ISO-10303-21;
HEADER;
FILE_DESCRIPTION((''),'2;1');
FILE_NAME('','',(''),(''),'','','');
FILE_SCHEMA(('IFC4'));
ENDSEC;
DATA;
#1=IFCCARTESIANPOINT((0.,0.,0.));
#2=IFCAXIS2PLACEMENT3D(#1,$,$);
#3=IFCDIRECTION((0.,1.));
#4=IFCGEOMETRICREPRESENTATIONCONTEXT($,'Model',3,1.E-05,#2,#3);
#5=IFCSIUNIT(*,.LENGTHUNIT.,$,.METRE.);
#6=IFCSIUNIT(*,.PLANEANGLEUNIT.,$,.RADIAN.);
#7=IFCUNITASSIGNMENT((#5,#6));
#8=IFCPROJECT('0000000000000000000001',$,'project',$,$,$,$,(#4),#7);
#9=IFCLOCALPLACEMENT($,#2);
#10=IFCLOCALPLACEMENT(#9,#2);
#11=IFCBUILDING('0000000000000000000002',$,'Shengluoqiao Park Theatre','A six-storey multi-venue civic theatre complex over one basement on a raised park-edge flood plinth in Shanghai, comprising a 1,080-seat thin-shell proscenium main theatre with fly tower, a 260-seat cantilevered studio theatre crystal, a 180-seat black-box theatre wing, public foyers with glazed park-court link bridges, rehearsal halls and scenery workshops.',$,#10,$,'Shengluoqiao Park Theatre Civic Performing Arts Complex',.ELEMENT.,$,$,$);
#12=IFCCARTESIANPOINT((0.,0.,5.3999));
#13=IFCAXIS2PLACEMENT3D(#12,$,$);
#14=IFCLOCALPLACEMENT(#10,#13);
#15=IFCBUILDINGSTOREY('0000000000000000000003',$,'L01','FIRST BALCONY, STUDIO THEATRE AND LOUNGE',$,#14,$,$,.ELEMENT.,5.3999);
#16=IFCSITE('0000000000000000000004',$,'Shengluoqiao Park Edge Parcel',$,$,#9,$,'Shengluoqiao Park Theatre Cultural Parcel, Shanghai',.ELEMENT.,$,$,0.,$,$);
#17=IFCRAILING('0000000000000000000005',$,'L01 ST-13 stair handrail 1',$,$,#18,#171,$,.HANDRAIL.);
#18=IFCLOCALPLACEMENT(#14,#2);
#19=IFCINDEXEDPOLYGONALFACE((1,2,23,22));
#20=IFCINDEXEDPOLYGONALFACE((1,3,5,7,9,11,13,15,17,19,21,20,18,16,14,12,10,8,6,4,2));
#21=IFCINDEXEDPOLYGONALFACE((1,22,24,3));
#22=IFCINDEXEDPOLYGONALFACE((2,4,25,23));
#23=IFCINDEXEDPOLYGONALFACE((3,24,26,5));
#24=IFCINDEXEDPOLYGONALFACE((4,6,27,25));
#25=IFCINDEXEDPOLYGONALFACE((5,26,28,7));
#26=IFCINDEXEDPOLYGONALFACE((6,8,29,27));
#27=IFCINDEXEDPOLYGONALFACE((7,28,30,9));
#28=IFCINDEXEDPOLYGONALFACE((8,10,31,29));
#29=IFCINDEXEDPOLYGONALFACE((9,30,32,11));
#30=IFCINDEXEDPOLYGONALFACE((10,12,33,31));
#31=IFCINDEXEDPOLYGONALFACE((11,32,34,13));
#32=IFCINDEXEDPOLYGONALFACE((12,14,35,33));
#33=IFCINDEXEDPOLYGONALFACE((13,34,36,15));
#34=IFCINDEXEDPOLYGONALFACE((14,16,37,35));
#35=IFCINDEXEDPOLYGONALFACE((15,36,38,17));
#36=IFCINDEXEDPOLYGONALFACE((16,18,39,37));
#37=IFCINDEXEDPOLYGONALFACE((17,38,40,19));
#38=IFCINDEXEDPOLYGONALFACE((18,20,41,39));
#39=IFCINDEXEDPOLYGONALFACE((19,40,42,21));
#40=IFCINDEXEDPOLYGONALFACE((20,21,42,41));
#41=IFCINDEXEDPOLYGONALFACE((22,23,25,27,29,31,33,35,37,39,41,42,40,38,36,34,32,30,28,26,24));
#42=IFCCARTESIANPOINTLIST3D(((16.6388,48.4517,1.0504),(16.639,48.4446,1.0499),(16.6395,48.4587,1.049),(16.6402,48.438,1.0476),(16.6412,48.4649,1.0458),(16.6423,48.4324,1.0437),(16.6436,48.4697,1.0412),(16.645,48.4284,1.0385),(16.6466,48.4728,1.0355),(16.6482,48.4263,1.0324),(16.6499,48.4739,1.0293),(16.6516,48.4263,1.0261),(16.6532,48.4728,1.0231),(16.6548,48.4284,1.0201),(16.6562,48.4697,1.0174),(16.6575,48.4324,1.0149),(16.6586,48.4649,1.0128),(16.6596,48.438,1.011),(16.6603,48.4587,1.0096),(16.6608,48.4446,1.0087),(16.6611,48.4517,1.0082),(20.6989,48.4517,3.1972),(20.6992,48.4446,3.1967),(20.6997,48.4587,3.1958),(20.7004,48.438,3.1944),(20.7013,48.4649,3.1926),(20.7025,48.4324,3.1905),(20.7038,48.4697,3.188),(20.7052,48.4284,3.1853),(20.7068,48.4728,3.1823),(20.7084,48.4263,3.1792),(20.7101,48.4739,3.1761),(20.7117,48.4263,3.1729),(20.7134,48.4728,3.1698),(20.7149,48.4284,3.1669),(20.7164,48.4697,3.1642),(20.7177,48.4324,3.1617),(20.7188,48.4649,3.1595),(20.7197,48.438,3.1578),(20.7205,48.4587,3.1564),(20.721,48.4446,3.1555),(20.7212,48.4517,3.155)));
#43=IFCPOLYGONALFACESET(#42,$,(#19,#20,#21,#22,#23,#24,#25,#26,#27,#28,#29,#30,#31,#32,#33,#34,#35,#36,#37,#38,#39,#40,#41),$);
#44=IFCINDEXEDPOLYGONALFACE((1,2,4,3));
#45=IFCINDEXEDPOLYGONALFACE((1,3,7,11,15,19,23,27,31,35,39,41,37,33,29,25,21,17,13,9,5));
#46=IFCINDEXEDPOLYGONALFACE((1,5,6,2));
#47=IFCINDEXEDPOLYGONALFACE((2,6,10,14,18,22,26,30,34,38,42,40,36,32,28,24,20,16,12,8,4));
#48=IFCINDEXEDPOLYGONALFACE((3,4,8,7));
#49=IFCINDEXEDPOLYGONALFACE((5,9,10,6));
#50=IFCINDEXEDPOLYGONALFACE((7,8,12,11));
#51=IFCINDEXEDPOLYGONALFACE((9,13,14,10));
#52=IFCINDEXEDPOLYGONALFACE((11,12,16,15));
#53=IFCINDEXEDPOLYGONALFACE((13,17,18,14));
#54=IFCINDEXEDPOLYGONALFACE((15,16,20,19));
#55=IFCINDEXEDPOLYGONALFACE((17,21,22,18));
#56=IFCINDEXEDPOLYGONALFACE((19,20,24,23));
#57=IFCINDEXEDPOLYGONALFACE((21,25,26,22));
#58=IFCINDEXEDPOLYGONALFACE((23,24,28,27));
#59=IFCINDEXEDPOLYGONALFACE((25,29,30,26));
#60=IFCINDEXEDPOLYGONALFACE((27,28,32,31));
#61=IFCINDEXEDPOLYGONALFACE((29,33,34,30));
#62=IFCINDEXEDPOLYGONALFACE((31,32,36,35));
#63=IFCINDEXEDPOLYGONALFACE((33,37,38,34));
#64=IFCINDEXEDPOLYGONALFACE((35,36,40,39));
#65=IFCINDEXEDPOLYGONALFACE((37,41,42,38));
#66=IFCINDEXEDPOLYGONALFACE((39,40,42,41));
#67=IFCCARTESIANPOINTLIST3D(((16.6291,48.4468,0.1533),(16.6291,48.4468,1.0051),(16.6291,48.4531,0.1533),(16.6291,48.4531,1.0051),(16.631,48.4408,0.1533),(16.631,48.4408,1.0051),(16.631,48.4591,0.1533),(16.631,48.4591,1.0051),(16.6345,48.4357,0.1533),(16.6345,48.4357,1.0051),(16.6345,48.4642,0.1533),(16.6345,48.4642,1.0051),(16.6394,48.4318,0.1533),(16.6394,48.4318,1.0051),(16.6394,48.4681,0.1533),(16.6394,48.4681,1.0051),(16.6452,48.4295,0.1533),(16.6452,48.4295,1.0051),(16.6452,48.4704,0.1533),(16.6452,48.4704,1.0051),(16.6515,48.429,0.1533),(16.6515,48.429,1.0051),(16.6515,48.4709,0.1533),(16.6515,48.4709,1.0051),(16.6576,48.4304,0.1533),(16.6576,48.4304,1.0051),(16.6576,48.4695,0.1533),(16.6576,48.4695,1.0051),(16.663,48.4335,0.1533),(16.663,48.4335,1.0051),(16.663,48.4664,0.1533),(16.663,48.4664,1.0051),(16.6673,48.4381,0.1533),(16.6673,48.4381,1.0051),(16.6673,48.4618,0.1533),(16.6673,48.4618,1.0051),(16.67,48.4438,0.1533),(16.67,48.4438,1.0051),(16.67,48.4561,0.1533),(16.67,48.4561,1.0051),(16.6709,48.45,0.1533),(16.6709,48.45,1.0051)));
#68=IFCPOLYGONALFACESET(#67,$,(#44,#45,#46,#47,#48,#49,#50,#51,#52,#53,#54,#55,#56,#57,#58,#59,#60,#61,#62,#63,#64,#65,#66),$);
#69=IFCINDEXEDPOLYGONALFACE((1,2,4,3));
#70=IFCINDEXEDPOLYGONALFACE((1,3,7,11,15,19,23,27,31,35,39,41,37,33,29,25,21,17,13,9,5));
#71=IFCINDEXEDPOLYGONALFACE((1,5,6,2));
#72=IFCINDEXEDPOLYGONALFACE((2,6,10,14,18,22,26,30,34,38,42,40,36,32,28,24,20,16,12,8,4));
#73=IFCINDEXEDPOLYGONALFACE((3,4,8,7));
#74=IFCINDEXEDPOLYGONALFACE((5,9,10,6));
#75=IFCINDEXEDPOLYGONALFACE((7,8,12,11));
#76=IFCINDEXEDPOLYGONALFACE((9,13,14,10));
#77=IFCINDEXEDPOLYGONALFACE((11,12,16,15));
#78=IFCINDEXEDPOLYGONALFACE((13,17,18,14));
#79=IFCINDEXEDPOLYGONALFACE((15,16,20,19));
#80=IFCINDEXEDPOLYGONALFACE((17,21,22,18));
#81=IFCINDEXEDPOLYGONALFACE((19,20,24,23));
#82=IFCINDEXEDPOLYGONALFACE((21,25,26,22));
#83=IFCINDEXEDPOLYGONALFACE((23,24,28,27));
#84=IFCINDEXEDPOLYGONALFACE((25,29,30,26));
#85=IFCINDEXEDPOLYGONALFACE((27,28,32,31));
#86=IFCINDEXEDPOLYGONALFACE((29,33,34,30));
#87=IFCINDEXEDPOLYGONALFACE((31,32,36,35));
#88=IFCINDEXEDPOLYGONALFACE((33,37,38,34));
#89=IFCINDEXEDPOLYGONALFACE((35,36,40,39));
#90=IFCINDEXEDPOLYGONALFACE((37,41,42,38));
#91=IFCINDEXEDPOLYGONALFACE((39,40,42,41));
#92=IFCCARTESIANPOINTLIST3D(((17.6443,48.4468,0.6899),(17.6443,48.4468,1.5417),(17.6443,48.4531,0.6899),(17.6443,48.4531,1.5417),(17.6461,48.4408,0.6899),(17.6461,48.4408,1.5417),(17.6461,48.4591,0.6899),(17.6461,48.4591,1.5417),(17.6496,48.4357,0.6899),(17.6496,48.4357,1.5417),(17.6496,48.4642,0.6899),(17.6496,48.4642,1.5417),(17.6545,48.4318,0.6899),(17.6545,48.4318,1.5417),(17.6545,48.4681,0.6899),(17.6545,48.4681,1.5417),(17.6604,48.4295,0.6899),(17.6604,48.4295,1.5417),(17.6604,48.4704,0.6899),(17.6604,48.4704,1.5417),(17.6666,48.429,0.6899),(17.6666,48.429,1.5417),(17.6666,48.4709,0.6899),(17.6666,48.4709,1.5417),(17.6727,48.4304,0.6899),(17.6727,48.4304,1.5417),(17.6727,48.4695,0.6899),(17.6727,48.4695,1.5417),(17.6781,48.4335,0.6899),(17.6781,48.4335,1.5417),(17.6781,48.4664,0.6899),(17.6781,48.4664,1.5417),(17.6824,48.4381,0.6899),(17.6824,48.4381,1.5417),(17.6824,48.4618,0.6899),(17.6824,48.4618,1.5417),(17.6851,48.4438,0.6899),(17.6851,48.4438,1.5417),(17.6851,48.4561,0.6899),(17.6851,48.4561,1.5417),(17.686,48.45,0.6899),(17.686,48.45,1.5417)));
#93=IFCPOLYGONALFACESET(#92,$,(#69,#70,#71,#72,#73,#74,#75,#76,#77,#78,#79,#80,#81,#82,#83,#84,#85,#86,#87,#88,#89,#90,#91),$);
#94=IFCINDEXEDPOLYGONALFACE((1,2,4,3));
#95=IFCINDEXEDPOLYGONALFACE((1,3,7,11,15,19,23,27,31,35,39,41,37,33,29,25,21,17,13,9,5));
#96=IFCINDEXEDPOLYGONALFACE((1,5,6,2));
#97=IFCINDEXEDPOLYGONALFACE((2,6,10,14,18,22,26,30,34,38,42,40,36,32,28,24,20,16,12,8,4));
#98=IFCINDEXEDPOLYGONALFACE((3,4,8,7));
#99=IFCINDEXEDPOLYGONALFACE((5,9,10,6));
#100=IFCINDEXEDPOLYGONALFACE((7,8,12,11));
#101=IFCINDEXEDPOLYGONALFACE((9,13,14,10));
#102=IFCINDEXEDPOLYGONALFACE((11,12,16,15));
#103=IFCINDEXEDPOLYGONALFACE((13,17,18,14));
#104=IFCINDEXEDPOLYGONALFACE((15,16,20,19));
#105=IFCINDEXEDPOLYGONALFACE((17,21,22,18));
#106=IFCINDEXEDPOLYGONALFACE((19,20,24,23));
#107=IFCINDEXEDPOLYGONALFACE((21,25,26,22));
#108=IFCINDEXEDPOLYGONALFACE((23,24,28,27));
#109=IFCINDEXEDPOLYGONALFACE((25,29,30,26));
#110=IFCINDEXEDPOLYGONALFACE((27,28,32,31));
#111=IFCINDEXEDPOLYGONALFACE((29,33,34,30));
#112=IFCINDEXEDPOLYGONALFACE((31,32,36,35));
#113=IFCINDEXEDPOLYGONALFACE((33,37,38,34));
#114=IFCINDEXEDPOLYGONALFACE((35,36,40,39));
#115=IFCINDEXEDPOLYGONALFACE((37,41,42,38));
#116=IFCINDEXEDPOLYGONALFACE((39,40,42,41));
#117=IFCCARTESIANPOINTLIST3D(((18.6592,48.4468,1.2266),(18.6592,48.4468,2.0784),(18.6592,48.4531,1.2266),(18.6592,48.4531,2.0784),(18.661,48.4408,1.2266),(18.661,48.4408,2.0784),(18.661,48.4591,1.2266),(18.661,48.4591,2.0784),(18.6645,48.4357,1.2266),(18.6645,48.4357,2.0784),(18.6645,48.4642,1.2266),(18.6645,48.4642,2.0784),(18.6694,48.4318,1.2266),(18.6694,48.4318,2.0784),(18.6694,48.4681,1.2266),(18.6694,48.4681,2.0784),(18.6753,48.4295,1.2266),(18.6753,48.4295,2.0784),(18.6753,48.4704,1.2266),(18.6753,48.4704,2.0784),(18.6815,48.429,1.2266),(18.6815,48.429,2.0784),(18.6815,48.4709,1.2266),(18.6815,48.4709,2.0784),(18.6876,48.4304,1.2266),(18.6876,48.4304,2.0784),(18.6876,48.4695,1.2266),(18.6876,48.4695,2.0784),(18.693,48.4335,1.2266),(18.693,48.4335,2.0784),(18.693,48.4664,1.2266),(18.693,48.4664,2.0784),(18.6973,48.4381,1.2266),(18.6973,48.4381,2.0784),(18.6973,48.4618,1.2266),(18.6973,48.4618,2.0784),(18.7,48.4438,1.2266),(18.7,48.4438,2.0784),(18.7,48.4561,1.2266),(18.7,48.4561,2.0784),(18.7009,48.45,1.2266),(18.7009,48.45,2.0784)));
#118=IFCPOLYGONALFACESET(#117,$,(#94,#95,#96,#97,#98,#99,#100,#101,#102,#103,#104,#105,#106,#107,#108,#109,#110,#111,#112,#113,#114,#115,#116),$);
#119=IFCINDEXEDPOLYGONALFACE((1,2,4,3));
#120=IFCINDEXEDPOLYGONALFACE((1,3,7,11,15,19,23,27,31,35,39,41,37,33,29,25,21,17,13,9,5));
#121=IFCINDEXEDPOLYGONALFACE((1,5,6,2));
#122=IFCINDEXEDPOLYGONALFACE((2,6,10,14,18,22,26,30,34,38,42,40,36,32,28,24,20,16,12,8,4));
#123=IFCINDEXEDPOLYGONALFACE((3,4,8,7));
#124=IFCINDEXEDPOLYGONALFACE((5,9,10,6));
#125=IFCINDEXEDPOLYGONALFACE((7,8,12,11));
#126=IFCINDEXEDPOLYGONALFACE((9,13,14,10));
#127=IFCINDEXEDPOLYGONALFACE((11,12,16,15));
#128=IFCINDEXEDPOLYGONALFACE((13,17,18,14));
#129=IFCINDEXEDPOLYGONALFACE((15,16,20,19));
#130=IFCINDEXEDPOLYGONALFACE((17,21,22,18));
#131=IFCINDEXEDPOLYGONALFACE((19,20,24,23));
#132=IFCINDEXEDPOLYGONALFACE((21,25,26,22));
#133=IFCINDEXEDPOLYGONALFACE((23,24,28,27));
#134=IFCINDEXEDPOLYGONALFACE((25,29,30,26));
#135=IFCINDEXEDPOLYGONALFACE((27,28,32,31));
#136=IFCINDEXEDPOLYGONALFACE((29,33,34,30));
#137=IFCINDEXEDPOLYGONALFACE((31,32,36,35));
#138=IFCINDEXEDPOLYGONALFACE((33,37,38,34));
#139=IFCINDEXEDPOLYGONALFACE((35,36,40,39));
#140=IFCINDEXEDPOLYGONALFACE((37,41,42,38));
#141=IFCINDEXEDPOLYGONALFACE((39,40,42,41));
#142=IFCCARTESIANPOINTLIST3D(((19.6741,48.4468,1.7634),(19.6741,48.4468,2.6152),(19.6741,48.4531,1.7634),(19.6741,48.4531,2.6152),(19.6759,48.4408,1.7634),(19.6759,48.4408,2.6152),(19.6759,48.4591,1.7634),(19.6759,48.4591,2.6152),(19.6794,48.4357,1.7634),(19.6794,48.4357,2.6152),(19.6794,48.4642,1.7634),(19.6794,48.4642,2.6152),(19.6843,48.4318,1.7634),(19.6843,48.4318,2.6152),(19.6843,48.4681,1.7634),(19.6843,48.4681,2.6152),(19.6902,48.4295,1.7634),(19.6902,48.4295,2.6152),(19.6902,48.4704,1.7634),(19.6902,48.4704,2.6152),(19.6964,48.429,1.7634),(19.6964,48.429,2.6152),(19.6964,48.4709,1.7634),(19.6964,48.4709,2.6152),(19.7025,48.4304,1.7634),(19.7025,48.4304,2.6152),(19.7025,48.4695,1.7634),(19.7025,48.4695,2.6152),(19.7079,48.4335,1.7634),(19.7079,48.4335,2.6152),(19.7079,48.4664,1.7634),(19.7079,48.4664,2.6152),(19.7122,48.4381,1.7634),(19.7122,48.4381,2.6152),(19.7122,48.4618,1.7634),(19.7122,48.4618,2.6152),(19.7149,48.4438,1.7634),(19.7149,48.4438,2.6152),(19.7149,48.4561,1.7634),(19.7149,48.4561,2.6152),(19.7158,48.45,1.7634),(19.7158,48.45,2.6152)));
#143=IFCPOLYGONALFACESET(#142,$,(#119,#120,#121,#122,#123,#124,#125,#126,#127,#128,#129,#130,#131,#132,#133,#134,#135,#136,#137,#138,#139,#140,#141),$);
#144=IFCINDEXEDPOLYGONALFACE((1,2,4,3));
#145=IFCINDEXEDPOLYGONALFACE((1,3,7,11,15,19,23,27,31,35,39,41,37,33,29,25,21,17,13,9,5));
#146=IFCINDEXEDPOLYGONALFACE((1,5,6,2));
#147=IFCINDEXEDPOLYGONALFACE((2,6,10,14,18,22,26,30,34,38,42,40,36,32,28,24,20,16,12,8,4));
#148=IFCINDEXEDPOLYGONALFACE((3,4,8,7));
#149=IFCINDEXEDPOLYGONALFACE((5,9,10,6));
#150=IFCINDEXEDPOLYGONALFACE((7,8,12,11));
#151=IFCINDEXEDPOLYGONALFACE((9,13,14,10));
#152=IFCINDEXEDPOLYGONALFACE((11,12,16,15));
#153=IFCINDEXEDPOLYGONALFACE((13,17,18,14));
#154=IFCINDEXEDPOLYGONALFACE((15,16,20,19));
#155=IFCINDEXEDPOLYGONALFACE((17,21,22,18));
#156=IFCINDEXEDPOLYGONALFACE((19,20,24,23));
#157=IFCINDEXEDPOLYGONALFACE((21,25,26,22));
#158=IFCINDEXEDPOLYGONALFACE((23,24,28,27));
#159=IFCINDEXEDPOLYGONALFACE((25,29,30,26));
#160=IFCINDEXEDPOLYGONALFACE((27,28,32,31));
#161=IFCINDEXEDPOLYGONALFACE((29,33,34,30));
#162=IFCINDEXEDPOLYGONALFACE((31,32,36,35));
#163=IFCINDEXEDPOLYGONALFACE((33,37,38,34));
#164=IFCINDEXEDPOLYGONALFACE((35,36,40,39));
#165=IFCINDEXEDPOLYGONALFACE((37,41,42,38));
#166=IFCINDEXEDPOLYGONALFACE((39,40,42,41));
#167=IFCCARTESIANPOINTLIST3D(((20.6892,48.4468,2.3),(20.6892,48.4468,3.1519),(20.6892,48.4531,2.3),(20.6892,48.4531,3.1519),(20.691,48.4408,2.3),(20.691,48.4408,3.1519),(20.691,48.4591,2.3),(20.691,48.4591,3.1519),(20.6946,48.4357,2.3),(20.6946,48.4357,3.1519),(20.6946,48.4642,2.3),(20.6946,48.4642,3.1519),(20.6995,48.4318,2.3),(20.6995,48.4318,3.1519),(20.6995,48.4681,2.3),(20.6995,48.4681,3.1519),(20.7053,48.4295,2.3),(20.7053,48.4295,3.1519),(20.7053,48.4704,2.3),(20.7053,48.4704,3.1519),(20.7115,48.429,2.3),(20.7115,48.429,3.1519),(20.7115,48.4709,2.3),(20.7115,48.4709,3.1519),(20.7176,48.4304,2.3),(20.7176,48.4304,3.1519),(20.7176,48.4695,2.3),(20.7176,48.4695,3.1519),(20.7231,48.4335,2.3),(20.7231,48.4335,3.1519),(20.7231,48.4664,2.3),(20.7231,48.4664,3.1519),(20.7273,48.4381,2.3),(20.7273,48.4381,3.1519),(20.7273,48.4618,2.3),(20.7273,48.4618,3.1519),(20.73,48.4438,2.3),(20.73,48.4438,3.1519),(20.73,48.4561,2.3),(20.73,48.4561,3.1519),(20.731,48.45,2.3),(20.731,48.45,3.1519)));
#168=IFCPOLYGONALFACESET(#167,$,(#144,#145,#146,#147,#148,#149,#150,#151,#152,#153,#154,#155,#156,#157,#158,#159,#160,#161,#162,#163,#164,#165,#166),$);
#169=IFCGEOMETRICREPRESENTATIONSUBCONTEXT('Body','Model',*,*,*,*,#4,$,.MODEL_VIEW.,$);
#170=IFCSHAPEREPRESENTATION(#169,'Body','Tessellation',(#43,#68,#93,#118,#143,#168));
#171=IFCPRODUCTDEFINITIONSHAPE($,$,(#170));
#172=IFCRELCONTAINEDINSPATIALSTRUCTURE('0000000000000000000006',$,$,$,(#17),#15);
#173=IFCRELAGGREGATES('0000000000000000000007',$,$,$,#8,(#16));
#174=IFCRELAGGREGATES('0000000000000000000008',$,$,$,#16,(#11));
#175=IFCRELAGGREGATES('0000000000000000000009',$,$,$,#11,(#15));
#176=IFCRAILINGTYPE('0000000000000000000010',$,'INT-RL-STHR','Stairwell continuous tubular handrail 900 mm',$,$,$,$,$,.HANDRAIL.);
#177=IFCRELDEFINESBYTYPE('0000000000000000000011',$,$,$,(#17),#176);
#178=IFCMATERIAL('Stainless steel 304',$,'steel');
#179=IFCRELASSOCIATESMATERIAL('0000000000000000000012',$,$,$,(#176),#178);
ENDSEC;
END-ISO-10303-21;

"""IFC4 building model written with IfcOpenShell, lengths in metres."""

from ifc_helpers import new_model, si_unit, direction, frame, origin, origin_2d, place, context, subcontext, project, spatial, circle, extrude, material, type_object, element, save


model = new_model("IFC4")

# Units and contexts
model_context = context("Model", 3, precision=1e-05, world=origin(), true_north=direction((0.0, 1.0)))
body_context = subcontext(model_context, "Body", "Model", "MODEL_VIEW")
ifc_project = project(units=[si_unit("LENGTHUNIT", "METRE"), si_unit("PLANEANGLEUNIT", "RADIAN")], contexts=[model_context])

# Site, building, storey
site_placement = place(None, origin())
site = spatial("IfcSite", under=ifc_project, at=site_placement, Name="Shengluoqiao Park Edge Parcel", LongName="Shengluoqiao Park Theatre Cultural Parcel, Shanghai", CompositionType="ELEMENT", RefElevation=0.0)
building_placement = place(site_placement, origin())
building = spatial("IfcBuilding", under=site, at=building_placement, Name="Shengluoqiao Park Theatre", Description="A six-storey multi-venue civic theatre complex over one basement on a raised park-edge flood plinth in Shanghai, comprising a 1,080-seat thin-shell proscenium main theatre with fly tower, a 260-seat cantilevered studio theatre crystal, a 180-seat black-box theatre wing, public foyers with glazed park-court link bridges, rehearsal halls and scenery workshops.", LongName="Shengluoqiao Park Theatre Civic Performing Arts Complex", CompositionType="ELEMENT")
storey_placement = place(building_placement, frame((0.0, 0.0, 5.3999)))
storey = spatial("IfcBuildingStorey", under=building, at=storey_placement, Name="L01", Description="FIRST BALCONY, STUDIO THEATRE AND LOUNGE", CompositionType="ELEMENT", Elevation=5.3999)

# Railing
ifc_material_1 = material(Name="Stainless steel 304", Category="steel")
railing_type_1 = type_object("IfcRailingType", Name="INT-RL-STHR", Description="Stairwell continuous tubular handrail 900 mm", PredefinedType="HANDRAIL", material=ifc_material_1)
railing_1_placement = place(storey_placement, frame((16.6499, 48.45, 0.1533)))
element("IfcRailing", 1, at=railing_1_placement, inside=storey, type_object=railing_type_1, Name="L01 ST-13 stair handrail 1", PredefinedType="HANDRAIL", context=body_context, shape_type="SweptSolid", body=[
    extrude(circle(Radius=0.0239, at=origin_2d()), frame((0.0, 0.0, 0.876), z_axis=(0.884032, 0.0, 0.467426), x_axis=(0.0, 1.0, 0.0)), (0.0, 0.0, 1.0), 4.5928),
    extrude(circle(Radius=0.021, at=origin_2d()), origin(), (0.0, 0.0, 1.0), 0.8518),
    extrude(circle(Radius=0.021, at=origin_2d()), frame((1.0151, 0.0, 0.5366)), (0.0, 0.0, 1.0), 0.8518),
    extrude(circle(Radius=0.021, at=origin_2d()), frame((2.03, 0.0, 1.0732)), (0.0, 0.0, 1.0), 0.8518),
    extrude(circle(Radius=0.021, at=origin_2d()), frame((3.0449, 0.0, 1.6101)), (0.0, 0.0, 1.0), 0.8518),
    extrude(circle(Radius=0.021, at=origin_2d()), frame((4.0601, 0.0, 2.1467)), (0.0, 0.0, 1.0), 0.8518),
])

save(model, "model.ifc")
